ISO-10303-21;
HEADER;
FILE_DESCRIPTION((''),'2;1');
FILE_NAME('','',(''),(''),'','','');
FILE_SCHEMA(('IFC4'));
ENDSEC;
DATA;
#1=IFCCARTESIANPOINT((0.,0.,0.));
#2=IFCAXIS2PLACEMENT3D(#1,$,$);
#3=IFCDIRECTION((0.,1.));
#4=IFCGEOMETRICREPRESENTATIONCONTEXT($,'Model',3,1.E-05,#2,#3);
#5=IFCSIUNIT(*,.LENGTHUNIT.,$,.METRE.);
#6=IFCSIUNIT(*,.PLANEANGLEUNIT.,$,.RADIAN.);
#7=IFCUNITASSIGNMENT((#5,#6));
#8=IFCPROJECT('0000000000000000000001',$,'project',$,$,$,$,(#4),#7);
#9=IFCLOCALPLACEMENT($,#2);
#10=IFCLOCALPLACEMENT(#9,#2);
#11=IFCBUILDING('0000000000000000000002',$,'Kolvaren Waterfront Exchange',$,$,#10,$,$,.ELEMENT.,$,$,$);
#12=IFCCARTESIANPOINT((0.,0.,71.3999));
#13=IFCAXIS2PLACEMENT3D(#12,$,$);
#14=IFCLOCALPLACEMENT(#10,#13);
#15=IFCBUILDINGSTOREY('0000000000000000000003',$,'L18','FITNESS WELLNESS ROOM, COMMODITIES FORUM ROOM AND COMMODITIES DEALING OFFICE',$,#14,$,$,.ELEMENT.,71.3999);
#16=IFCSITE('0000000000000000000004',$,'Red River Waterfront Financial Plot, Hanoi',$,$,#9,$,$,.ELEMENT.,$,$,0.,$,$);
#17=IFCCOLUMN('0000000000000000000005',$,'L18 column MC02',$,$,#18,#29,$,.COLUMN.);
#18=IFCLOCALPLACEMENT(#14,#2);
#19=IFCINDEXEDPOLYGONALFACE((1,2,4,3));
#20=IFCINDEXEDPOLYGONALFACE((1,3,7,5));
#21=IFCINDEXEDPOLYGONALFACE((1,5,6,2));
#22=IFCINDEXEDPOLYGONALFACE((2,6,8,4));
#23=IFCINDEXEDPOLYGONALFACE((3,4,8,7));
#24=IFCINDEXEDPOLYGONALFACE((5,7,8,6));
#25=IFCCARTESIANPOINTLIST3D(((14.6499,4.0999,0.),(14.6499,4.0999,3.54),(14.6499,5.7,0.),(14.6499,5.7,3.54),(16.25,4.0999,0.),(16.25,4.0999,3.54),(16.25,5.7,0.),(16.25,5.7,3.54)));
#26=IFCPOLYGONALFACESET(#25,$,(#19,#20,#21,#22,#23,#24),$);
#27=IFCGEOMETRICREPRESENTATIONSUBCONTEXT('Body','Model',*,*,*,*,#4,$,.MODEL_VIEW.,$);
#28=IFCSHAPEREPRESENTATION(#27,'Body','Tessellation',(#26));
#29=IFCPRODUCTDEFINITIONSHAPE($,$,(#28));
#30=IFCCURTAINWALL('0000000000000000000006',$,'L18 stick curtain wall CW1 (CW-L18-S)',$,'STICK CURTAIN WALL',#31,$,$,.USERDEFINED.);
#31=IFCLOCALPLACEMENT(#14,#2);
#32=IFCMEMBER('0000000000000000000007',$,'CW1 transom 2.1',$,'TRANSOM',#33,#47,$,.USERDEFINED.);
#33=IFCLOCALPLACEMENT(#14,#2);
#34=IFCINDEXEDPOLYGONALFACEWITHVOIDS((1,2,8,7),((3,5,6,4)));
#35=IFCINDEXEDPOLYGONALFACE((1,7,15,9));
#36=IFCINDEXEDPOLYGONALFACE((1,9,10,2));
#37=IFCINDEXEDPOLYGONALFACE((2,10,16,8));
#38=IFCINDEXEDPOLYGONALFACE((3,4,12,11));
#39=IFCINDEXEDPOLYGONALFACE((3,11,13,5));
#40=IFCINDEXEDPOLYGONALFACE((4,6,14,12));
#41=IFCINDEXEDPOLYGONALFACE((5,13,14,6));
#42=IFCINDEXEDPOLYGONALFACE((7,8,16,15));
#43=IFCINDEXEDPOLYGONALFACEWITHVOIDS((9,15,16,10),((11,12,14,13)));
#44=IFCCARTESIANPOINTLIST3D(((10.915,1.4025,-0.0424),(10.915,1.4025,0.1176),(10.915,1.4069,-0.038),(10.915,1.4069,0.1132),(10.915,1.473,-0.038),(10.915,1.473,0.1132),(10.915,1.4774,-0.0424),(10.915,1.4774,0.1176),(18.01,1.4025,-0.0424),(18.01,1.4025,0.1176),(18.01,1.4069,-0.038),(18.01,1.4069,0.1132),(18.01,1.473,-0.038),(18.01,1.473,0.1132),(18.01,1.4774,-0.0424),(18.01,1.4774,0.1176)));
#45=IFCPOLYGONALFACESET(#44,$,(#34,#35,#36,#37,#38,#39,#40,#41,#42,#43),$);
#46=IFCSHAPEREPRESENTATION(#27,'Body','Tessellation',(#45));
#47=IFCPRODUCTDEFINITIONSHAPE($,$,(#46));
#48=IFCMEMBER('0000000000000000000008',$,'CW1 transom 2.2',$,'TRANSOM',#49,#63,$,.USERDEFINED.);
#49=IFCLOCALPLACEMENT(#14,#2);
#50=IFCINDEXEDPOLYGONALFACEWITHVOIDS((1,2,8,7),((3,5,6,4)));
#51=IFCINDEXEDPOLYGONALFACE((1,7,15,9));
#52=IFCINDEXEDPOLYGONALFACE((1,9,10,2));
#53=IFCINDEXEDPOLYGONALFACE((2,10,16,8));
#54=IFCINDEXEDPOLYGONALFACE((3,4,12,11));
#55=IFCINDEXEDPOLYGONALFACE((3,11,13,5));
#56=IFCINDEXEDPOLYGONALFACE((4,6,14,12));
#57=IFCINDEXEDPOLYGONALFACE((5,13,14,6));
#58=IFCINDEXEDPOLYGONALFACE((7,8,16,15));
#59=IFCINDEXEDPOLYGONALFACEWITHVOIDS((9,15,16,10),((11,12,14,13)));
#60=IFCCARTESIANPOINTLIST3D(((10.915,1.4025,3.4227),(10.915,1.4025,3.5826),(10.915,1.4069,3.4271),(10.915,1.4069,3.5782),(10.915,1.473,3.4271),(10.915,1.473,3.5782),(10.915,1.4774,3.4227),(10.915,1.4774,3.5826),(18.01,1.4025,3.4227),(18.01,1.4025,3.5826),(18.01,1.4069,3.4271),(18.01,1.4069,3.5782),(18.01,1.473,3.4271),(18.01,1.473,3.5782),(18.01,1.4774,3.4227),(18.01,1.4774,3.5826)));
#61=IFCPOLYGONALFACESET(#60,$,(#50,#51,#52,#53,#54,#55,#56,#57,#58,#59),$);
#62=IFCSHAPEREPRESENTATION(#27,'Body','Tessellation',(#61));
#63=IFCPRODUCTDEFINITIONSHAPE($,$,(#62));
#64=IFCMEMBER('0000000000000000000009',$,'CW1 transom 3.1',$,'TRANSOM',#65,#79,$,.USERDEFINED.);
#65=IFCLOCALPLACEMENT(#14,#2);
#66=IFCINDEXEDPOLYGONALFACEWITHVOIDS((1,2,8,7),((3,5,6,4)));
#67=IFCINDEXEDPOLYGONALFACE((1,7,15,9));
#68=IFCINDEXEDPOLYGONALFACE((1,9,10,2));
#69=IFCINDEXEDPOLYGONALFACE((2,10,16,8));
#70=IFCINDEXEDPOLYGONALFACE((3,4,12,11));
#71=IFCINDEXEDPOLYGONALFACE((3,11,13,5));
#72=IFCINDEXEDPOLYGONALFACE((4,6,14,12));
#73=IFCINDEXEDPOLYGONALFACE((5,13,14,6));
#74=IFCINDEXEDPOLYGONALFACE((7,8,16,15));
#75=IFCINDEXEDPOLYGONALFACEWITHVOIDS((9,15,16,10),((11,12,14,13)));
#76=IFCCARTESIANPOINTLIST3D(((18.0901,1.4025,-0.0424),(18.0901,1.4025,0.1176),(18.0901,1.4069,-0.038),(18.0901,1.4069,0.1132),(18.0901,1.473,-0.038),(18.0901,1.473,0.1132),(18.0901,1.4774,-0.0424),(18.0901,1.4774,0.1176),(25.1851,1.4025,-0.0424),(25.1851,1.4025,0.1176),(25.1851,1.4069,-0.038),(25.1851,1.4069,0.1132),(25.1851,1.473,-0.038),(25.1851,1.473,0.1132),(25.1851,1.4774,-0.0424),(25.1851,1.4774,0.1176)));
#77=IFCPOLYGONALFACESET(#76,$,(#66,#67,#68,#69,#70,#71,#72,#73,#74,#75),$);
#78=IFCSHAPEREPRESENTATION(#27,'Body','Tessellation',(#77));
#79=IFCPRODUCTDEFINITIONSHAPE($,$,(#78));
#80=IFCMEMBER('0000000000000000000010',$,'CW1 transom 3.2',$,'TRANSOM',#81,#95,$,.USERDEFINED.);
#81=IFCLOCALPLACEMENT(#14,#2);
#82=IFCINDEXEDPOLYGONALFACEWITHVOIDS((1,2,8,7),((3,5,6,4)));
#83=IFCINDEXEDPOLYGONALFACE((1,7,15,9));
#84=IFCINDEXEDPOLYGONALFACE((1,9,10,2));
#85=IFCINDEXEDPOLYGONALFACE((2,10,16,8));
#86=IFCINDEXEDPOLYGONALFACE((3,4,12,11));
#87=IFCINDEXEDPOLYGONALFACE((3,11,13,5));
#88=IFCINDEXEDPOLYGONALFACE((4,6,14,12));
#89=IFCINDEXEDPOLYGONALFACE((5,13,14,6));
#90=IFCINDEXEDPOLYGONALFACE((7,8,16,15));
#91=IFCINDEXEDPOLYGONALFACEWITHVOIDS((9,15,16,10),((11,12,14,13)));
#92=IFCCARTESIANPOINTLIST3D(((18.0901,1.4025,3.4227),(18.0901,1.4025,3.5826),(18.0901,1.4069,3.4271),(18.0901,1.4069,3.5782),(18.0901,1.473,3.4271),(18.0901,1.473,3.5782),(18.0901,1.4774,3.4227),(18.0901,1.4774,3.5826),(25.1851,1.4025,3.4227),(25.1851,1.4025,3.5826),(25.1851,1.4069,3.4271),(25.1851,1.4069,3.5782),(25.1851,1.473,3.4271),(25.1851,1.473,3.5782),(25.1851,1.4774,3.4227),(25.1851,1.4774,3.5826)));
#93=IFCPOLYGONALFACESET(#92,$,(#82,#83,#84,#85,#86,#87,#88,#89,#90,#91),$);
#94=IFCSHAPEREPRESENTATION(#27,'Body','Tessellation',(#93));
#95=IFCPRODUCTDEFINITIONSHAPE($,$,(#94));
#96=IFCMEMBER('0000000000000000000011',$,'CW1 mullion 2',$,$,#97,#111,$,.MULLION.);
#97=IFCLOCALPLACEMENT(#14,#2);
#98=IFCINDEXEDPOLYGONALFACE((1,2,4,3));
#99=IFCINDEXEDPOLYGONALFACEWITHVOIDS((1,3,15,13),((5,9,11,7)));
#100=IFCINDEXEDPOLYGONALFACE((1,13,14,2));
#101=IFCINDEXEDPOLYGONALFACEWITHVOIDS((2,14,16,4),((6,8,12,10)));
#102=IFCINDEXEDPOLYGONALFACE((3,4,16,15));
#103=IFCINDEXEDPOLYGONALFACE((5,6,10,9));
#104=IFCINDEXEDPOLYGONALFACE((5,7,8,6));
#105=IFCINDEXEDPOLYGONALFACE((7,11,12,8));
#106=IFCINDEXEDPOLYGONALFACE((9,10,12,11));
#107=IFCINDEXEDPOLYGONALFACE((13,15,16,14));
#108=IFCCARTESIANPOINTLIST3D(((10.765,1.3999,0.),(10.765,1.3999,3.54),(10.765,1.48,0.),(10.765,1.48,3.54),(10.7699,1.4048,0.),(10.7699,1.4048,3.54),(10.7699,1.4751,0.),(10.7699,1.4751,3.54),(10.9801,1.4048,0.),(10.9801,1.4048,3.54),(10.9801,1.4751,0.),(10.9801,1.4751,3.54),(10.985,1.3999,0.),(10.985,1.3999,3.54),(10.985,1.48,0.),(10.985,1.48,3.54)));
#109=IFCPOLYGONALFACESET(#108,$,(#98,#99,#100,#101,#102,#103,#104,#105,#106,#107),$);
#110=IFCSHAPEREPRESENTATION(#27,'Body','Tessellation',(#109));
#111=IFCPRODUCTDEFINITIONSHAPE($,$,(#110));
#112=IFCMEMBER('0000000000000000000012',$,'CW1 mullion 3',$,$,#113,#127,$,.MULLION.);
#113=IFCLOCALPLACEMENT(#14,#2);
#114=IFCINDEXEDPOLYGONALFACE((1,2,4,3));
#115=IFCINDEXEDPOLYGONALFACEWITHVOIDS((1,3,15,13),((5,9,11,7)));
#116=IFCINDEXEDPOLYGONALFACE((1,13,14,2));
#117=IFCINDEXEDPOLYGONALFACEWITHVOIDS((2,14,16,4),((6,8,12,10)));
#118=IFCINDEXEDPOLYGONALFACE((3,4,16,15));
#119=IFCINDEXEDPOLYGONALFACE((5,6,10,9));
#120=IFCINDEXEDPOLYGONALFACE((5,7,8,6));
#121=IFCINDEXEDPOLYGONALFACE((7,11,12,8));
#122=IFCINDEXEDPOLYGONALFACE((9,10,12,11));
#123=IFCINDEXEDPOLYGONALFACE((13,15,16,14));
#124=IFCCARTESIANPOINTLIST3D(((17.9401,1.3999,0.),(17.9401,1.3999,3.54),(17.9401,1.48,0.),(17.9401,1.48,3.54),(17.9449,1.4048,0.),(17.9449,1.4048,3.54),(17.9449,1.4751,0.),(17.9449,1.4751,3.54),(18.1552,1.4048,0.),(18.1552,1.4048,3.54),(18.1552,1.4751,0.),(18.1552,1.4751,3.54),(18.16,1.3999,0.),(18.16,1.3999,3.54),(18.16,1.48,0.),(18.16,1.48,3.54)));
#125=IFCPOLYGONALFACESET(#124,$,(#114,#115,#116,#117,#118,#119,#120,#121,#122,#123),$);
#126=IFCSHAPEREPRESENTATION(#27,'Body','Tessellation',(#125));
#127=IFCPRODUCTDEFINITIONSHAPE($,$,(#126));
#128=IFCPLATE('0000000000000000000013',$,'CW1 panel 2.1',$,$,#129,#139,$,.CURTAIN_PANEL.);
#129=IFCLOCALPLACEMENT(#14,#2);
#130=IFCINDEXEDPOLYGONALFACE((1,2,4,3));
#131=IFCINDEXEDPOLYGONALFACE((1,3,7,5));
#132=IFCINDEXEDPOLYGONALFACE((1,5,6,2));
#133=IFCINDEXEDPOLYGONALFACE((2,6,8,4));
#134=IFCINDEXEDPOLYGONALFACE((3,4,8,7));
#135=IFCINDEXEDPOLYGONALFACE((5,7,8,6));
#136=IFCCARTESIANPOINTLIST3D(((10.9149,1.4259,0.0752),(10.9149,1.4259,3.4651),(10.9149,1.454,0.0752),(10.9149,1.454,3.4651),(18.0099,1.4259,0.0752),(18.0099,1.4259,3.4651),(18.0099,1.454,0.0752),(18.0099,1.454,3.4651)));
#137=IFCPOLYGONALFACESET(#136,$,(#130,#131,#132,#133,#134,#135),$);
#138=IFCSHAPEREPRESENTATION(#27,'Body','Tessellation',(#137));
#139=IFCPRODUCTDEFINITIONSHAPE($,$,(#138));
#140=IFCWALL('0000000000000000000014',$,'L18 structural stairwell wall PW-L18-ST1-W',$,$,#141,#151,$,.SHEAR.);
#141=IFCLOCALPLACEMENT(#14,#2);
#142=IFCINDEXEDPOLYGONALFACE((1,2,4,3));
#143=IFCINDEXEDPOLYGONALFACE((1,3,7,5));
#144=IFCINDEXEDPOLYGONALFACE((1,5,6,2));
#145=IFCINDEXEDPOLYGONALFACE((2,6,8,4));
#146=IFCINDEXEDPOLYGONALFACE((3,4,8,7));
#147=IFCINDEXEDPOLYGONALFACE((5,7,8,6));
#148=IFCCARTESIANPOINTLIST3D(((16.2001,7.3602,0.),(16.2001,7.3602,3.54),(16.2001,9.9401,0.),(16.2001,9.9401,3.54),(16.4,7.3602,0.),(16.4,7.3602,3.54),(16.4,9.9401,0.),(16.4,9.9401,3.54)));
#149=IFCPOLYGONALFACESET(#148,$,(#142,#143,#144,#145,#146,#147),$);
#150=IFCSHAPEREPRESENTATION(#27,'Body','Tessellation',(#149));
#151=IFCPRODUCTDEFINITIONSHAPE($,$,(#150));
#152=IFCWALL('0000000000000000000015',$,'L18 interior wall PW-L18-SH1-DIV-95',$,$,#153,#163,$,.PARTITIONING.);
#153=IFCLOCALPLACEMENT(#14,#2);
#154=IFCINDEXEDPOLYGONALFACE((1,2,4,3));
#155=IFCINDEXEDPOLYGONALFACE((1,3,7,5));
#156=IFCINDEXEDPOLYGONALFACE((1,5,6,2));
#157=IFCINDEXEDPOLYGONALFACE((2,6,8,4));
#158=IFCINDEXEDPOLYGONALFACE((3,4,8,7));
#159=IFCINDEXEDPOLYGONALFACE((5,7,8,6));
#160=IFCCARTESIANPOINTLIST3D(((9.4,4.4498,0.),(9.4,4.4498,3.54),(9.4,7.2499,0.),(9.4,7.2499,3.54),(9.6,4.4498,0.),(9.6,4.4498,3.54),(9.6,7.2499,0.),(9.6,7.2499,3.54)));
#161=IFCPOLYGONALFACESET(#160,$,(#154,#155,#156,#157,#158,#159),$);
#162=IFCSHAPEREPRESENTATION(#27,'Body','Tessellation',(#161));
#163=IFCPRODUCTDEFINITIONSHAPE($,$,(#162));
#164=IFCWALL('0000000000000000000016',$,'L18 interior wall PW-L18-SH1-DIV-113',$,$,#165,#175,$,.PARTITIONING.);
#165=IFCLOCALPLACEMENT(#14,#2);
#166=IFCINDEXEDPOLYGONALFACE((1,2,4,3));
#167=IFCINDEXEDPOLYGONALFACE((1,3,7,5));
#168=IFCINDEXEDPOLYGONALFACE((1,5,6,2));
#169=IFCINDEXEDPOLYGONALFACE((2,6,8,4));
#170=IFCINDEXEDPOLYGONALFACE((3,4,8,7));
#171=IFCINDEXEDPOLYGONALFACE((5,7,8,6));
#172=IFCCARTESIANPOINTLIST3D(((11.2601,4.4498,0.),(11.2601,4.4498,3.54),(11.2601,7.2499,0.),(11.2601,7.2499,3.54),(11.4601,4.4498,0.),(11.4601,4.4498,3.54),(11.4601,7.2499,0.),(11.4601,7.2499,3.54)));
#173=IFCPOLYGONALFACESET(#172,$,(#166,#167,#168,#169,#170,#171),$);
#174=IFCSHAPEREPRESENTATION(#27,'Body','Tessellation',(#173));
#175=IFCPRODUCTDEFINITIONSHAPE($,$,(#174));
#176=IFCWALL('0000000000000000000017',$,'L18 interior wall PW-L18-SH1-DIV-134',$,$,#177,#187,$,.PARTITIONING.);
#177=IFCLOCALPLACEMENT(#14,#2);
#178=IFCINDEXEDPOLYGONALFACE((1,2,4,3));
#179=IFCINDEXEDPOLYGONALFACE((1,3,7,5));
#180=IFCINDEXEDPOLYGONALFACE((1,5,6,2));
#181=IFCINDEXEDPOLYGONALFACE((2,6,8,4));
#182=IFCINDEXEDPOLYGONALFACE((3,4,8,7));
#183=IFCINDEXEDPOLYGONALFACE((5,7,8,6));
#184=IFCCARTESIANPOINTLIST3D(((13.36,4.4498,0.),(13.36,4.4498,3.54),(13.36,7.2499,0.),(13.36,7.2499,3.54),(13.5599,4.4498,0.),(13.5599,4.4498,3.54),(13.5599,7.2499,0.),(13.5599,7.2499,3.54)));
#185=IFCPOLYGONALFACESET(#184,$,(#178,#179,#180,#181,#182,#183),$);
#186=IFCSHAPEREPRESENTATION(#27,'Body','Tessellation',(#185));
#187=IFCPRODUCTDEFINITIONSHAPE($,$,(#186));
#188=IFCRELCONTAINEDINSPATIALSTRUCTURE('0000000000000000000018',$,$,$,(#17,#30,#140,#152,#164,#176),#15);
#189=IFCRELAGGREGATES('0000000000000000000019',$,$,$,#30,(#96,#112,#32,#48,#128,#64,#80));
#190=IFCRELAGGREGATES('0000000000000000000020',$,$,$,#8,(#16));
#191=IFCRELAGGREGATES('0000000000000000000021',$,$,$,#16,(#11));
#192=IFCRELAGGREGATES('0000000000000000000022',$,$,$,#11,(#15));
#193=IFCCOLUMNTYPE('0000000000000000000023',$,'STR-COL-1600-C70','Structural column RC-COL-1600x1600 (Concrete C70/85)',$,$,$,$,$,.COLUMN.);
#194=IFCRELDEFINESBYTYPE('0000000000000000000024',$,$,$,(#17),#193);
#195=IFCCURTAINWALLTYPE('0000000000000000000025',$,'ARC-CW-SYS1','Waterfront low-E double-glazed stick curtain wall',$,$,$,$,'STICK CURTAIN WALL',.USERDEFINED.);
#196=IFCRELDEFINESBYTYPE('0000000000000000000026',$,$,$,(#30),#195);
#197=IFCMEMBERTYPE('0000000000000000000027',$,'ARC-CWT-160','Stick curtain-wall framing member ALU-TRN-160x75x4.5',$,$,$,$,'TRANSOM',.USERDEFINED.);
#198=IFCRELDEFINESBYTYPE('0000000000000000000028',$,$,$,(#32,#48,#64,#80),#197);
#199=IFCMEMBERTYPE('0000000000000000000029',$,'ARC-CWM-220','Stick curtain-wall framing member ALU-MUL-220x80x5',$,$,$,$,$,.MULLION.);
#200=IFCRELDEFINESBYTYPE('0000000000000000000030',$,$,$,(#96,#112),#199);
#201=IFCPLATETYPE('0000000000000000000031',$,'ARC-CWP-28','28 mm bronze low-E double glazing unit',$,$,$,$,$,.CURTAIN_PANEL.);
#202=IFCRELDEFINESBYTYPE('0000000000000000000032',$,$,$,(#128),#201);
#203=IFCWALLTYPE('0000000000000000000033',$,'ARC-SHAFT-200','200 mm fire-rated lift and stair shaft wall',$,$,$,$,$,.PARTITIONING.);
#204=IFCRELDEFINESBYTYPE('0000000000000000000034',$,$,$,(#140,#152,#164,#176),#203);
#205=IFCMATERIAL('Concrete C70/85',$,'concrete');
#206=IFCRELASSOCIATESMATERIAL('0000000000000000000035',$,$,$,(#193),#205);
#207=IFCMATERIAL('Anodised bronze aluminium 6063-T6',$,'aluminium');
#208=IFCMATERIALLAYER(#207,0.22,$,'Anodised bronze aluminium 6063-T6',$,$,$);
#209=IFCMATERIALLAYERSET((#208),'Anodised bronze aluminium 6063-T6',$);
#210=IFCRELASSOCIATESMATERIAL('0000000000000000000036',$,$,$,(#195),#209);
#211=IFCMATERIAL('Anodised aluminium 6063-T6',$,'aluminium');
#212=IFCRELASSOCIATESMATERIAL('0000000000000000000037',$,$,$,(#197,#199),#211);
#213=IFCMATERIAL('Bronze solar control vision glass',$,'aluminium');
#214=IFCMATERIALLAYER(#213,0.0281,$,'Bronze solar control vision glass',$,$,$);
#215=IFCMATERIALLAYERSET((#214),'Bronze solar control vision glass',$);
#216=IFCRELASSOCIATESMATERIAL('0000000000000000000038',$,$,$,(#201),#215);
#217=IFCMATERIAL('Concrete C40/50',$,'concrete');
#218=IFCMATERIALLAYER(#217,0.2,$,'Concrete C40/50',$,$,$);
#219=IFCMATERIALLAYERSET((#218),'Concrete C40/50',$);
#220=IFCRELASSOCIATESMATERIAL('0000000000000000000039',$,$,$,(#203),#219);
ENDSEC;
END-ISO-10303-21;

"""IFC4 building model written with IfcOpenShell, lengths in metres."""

from ifc_helpers import new_model, si_unit, direction, frame, frame_2d, origin, origin_with_axes, origin_2d, place, context, subcontext, project, spatial, rectangle, hollow_rectangle, extrude, source, transform, mapped, material, layer, layer_set, material_profile, profile_set, type_object, element, aggregate, save


model = new_model("IFC4")

# Units and contexts
model_context = context("Model", 3, precision=1e-05, world=origin(), true_north=direction((0.0, 1.0)))
body_context = subcontext(model_context, "Body", "Model", "MODEL_VIEW")
ifc_project = project(units=[si_unit("LENGTHUNIT", "METRE"), si_unit("PLANEANGLEUNIT", "RADIAN")], contexts=[model_context])

# Site, building, storey
site_placement = place(None, origin())
site = spatial("IfcSite", under=ifc_project, at=site_placement, Name="Red River Waterfront Financial Plot, Hanoi", CompositionType="ELEMENT", RefElevation=0.0)
building_placement = place(site_placement, origin())
building = spatial("IfcBuilding", under=site, at=building_placement, Name="Kolvaren Waterfront Exchange", CompositionType="ELEMENT")
storey_placement = place(building_placement, frame((0.0, 0.0, 71.3999)))
storey = spatial("IfcBuildingStorey", under=building, at=storey_placement, Name="L18", Description="FITNESS WELLNESS ROOM, COMMODITIES FORUM ROOM AND COMMODITIES DEALING OFFICE", CompositionType="ELEMENT", Elevation=71.3999)

# Column
ifc_material_1 = material(Name="Concrete C70/85", Category="concrete")
ifc_material_profile_1 = material_profile(ifc_material_1, rectangle(XDim=1.6001, YDim=1.6001, at=origin_2d()), Name="RC-COL-1600x1600")
ifc_profile_set_1 = profile_set([ifc_material_profile_1], Name="Concrete C70/85")
column_type = type_object("IfcColumnType", Name="STR-COL-1600-C70", Description="Structural column RC-COL-1600x1600 (Concrete C70/85)", PredefinedType="COLUMN", material=ifc_profile_set_1)
column_placement = place(storey_placement, frame((15.45, 4.8999, 0.0), z_axis=(0.0, 0.0, 1.0), x_axis=(1.0, 0.0, 0.0)))
element("IfcColumn", 1, at=column_placement, inside=storey, type_object=column_type, Name="L18 column MC02", PredefinedType="COLUMN", context=body_context, shape_type="SweptSolid", body=[
    extrude(rectangle(XDim=1.6001, YDim=1.6001, at=origin_2d()), origin(), (0.0, 0.0, 1.0), 3.54),
])

# Curtain wall, members, plate
ifc_material_2 = material(Name="Anodised bronze aluminium 6063-T6", Category="aluminium")
ifc_layer_1 = layer(ifc_material_2, 0.22, Name="Anodised bronze aluminium 6063-T6")
ifc_layer_set_1 = layer_set([ifc_layer_1], Name="Anodised bronze aluminium 6063-T6")
curtain_wall_type = type_object("IfcCurtainWallType", Name="ARC-CW-SYS1", Description="Waterfront low-E double-glazed stick curtain wall", ElementType="STICK CURTAIN WALL", PredefinedType="USERDEFINED", material=ifc_layer_set_1)
curtain_wall_placement = place(storey_placement, origin())
curtain_wall = element("IfcCurtainWall", 2, at=curtain_wall_placement, inside=storey, type_object=curtain_wall_type, Name="L18 stick curtain wall CW1 (CW-L18-S)", ObjectType="STICK CURTAIN WALL", PredefinedType="USERDEFINED")
ifc_material_3 = material(Name="Anodised aluminium 6063-T6", Category="aluminium")
ifc_material_profile_2 = material_profile(ifc_material_3, hollow_rectangle(XDim=0.075, YDim=0.1599, WallThickness=0.0044, at=origin_2d()), Name="ALU-TRN-160x75x4.5")
ifc_profile_set_2 = profile_set([ifc_material_profile_2], Name="Anodised aluminium 6063-T6")
member_type_1 = type_object("IfcMemberType", Name="ARC-CWT-160", Description="Stick curtain-wall framing member ALU-TRN-160x75x4.5", ElementType="TRANSOM", PredefinedType="USERDEFINED", material=ifc_profile_set_2)
shared_shape_1 = source(origin_with_axes(), body_context, "Body", "SweptSolid", [
    extrude(hollow_rectangle(XDim=0.075, YDim=0.1599, WallThickness=0.0044, at=origin_2d()), origin(), (0.0, 0.0, 1.0), 7.095),
])
member_1_placement = place(storey_placement, frame((10.915, 1.4399, 0.0376), z_axis=(1.0, 0.0, 0.0), x_axis=(0.0, 1.0, 0.0)))
member_1 = element("IfcMember", 3, at=member_1_placement, type_object=member_type_1, Name="CW1 transom 2.1", ObjectType="TRANSOM", PredefinedType="USERDEFINED", context=body_context, shape_type="MappedRepresentation", body=[
    mapped(shared_shape_1, transform((0.0, 0.0, 0.0), x_axis=(1.0, 0.0, 0.0), y_axis=(0.0, 1.0, 0.0), z_axis=(0.0, 0.0, 1.0), scale=1.0)),
])
member_2_placement = place(storey_placement, frame((10.915, 1.4399, 3.5027), z_axis=(1.0, 0.0, 0.0), x_axis=(0.0, 1.0, 0.0)))
member_2 = element("IfcMember", 4, at=member_2_placement, type_object=member_type_1, Name="CW1 transom 2.2", ObjectType="TRANSOM", PredefinedType="USERDEFINED", context=body_context, shape_type="MappedRepresentation", body=[
    mapped(shared_shape_1, transform((0.0, 0.0, 0.0), x_axis=(1.0, 0.0, 0.0), y_axis=(0.0, 1.0, 0.0), z_axis=(0.0, 0.0, 1.0), scale=1.0)),
])
member_3_placement = place(storey_placement, frame((18.0901, 1.4399, 0.0376), z_axis=(1.0, 0.0, 0.0), x_axis=(0.0, 1.0, 0.0)))
member_3 = element("IfcMember", 5, at=member_3_placement, type_object=member_type_1, Name="CW1 transom 3.1", ObjectType="TRANSOM", PredefinedType="USERDEFINED", context=body_context, shape_type="MappedRepresentation", body=[
    mapped(shared_shape_1, transform((0.0, 0.0, 0.0), x_axis=(1.0, 0.0, 0.0), y_axis=(0.0, 1.0, 0.0), z_axis=(0.0, 0.0, 1.0), scale=1.0)),
])
member_4_placement = place(storey_placement, frame((18.0901, 1.4399, 3.5027), z_axis=(1.0, 0.0, 0.0), x_axis=(0.0, 1.0, 0.0)))
member_4 = element("IfcMember", 6, at=member_4_placement, type_object=member_type_1, Name="CW1 transom 3.2", ObjectType="TRANSOM", PredefinedType="USERDEFINED", context=body_context, shape_type="MappedRepresentation", body=[
    mapped(shared_shape_1, transform((0.0, 0.0, 0.0), x_axis=(1.0, 0.0, 0.0), y_axis=(0.0, 1.0, 0.0), z_axis=(0.0, 0.0, 1.0), scale=1.0)),
])
ifc_material_profile_3 = material_profile(ifc_material_3, hollow_rectangle(XDim=0.0801, YDim=0.22, WallThickness=0.0049, at=origin_2d()), Name="ALU-MUL-220x80x5")
ifc_profile_set_3 = profile_set([ifc_material_profile_3], Name="Anodised aluminium 6063-T6")
member_type_2 = type_object("IfcMemberType", Name="ARC-CWM-220", Description="Stick curtain-wall framing member ALU-MUL-220x80x5", PredefinedType="MULLION", material=ifc_profile_set_3)
shared_shape_2 = source(origin_with_axes(), body_context, "Body", "SweptSolid", [
    extrude(hollow_rectangle(XDim=0.0801, YDim=0.22, WallThickness=0.0049, at=origin_2d()), origin(), (0.0, 0.0, 1.0), 3.54),
])
member_5_placement = place(storey_placement, frame((10.875, 1.4399, 0.0), z_axis=(0.0, 0.0, 1.0), x_axis=(0.0, 1.0, 0.0)))
member_5 = element("IfcMember", 7, at=member_5_placement, type_object=member_type_2, Name="CW1 mullion 2", PredefinedType="MULLION", context=body_context, shape_type="MappedRepresentation", body=[
    mapped(shared_shape_2, transform((0.0, 0.0, 0.0), x_axis=(1.0, 0.0, 0.0), y_axis=(0.0, 1.0, 0.0), z_axis=(0.0, 0.0, 1.0), scale=1.0)),
])
member_6_placement = place(storey_placement, frame((18.05, 1.4399, 0.0), z_axis=(0.0, 0.0, 1.0), x_axis=(0.0, 1.0, 0.0)))
member_6 = element("IfcMember", 8, at=member_6_placement, type_object=member_type_2, Name="CW1 mullion 3", PredefinedType="MULLION", context=body_context, shape_type="MappedRepresentation", body=[
    mapped(shared_shape_2, transform((0.0, 0.0, 0.0), x_axis=(1.0, 0.0, 0.0), y_axis=(0.0, 1.0, 0.0), z_axis=(0.0, 0.0, 1.0), scale=1.0)),
])
ifc_material_4 = material(Name="Bronze solar control vision glass", Category="aluminium")
ifc_layer_2 = layer(ifc_material_4, 0.0281, Name="Bronze solar control vision glass")
ifc_layer_set_2 = layer_set([ifc_layer_2], Name="Bronze solar control vision glass")
plate_type = type_object("IfcPlateType", Name="ARC-CWP-28", Description="28 mm bronze low-E double glazing unit", PredefinedType="CURTAIN_PANEL", material=ifc_layer_set_2)
shared_shape_3 = source(origin_with_axes(), body_context, "Body", "SweptSolid", [
    extrude(rectangle(XDim=7.095, YDim=0.0281, at=origin_2d()), origin(), (0.0, 0.0, 1.0), 3.3899),
])
plate_placement = place(storey_placement, frame((14.4624, 1.4399, 0.0752), z_axis=(0.0, 0.0, 1.0), x_axis=(1.0, 0.0, 0.0)))
plate = element("IfcPlate", 9, at=plate_placement, type_object=plate_type, Name="CW1 panel 2.1", PredefinedType="CURTAIN_PANEL", context=body_context, shape_type="MappedRepresentation", body=[
    mapped(shared_shape_3, transform((0.0, 0.0, 0.0), x_axis=(1.0, 0.0, 0.0), y_axis=(0.0, 1.0, 0.0), z_axis=(0.0, 0.0, 1.0), scale=1.0)),
])
aggregate(curtain_wall, [member_5, member_6, member_1, member_2, plate, member_3, member_4])

# Walls
ifc_material_5 = material(Name="Concrete C40/50", Category="concrete")
ifc_layer_3 = layer(ifc_material_5, 0.2, Name="Concrete C40/50")
ifc_layer_set_3 = layer_set([ifc_layer_3], Name="Concrete C40/50")
wall_type_1 = type_object("IfcWallType", Name="ARC-SHAFT-200", Description="200 mm fire-rated lift and stair shaft wall", PredefinedType="PARTITIONING", material=ifc_layer_set_3)
wall_1_placement = place(storey_placement, frame((16.3, 7.3601, 0.0), z_axis=(0.0, 0.0, 1.0), x_axis=(0.0, 1.0, 0.0)))
element("IfcWall", 10, at=wall_1_placement, inside=storey, type_object=wall_type_1, Name="L18 structural stairwell wall PW-L18-ST1-W", PredefinedType="SHEAR", context=body_context, shape_type="SweptSolid", body=[
    extrude(rectangle(XDim=2.5798, YDim=0.2, at=frame_2d((1.29, 0.0))), origin(), (0.0, 0.0, 1.0), 3.54),
])
for number, where, z_axis, x_axis, name in (
    (11, (9.5, 4.45, 0.0), (0.0, 0.0, 1.0), (0.0, 1.0, 0.0), "L18 interior wall PW-L18-SH1-DIV-95"),
    (12, (11.3601, 4.45, 0.0), (0.0, 0.0, 1.0), (0.0, 1.0, 0.0), "L18 interior wall PW-L18-SH1-DIV-113"),
    (13, (13.46, 4.45, 0.0), (0.0, 0.0, 1.0), (0.0, 1.0, 0.0), "L18 interior wall PW-L18-SH1-DIV-134"),
):
    element("IfcWall", number, at=place(storey_placement, frame(where, z_axis=z_axis, x_axis=x_axis)), inside=storey, type_object=wall_type_1, Name=name, PredefinedType="PARTITIONING", context=body_context, shape_type="SweptSolid", body=[
        extrude(rectangle(XDim=2.8, YDim=0.2, at=frame_2d((1.3999, 0.0))), origin(), (0.0, 0.0, 1.0), 3.54),
    ])

save(model, "model.ifc")
